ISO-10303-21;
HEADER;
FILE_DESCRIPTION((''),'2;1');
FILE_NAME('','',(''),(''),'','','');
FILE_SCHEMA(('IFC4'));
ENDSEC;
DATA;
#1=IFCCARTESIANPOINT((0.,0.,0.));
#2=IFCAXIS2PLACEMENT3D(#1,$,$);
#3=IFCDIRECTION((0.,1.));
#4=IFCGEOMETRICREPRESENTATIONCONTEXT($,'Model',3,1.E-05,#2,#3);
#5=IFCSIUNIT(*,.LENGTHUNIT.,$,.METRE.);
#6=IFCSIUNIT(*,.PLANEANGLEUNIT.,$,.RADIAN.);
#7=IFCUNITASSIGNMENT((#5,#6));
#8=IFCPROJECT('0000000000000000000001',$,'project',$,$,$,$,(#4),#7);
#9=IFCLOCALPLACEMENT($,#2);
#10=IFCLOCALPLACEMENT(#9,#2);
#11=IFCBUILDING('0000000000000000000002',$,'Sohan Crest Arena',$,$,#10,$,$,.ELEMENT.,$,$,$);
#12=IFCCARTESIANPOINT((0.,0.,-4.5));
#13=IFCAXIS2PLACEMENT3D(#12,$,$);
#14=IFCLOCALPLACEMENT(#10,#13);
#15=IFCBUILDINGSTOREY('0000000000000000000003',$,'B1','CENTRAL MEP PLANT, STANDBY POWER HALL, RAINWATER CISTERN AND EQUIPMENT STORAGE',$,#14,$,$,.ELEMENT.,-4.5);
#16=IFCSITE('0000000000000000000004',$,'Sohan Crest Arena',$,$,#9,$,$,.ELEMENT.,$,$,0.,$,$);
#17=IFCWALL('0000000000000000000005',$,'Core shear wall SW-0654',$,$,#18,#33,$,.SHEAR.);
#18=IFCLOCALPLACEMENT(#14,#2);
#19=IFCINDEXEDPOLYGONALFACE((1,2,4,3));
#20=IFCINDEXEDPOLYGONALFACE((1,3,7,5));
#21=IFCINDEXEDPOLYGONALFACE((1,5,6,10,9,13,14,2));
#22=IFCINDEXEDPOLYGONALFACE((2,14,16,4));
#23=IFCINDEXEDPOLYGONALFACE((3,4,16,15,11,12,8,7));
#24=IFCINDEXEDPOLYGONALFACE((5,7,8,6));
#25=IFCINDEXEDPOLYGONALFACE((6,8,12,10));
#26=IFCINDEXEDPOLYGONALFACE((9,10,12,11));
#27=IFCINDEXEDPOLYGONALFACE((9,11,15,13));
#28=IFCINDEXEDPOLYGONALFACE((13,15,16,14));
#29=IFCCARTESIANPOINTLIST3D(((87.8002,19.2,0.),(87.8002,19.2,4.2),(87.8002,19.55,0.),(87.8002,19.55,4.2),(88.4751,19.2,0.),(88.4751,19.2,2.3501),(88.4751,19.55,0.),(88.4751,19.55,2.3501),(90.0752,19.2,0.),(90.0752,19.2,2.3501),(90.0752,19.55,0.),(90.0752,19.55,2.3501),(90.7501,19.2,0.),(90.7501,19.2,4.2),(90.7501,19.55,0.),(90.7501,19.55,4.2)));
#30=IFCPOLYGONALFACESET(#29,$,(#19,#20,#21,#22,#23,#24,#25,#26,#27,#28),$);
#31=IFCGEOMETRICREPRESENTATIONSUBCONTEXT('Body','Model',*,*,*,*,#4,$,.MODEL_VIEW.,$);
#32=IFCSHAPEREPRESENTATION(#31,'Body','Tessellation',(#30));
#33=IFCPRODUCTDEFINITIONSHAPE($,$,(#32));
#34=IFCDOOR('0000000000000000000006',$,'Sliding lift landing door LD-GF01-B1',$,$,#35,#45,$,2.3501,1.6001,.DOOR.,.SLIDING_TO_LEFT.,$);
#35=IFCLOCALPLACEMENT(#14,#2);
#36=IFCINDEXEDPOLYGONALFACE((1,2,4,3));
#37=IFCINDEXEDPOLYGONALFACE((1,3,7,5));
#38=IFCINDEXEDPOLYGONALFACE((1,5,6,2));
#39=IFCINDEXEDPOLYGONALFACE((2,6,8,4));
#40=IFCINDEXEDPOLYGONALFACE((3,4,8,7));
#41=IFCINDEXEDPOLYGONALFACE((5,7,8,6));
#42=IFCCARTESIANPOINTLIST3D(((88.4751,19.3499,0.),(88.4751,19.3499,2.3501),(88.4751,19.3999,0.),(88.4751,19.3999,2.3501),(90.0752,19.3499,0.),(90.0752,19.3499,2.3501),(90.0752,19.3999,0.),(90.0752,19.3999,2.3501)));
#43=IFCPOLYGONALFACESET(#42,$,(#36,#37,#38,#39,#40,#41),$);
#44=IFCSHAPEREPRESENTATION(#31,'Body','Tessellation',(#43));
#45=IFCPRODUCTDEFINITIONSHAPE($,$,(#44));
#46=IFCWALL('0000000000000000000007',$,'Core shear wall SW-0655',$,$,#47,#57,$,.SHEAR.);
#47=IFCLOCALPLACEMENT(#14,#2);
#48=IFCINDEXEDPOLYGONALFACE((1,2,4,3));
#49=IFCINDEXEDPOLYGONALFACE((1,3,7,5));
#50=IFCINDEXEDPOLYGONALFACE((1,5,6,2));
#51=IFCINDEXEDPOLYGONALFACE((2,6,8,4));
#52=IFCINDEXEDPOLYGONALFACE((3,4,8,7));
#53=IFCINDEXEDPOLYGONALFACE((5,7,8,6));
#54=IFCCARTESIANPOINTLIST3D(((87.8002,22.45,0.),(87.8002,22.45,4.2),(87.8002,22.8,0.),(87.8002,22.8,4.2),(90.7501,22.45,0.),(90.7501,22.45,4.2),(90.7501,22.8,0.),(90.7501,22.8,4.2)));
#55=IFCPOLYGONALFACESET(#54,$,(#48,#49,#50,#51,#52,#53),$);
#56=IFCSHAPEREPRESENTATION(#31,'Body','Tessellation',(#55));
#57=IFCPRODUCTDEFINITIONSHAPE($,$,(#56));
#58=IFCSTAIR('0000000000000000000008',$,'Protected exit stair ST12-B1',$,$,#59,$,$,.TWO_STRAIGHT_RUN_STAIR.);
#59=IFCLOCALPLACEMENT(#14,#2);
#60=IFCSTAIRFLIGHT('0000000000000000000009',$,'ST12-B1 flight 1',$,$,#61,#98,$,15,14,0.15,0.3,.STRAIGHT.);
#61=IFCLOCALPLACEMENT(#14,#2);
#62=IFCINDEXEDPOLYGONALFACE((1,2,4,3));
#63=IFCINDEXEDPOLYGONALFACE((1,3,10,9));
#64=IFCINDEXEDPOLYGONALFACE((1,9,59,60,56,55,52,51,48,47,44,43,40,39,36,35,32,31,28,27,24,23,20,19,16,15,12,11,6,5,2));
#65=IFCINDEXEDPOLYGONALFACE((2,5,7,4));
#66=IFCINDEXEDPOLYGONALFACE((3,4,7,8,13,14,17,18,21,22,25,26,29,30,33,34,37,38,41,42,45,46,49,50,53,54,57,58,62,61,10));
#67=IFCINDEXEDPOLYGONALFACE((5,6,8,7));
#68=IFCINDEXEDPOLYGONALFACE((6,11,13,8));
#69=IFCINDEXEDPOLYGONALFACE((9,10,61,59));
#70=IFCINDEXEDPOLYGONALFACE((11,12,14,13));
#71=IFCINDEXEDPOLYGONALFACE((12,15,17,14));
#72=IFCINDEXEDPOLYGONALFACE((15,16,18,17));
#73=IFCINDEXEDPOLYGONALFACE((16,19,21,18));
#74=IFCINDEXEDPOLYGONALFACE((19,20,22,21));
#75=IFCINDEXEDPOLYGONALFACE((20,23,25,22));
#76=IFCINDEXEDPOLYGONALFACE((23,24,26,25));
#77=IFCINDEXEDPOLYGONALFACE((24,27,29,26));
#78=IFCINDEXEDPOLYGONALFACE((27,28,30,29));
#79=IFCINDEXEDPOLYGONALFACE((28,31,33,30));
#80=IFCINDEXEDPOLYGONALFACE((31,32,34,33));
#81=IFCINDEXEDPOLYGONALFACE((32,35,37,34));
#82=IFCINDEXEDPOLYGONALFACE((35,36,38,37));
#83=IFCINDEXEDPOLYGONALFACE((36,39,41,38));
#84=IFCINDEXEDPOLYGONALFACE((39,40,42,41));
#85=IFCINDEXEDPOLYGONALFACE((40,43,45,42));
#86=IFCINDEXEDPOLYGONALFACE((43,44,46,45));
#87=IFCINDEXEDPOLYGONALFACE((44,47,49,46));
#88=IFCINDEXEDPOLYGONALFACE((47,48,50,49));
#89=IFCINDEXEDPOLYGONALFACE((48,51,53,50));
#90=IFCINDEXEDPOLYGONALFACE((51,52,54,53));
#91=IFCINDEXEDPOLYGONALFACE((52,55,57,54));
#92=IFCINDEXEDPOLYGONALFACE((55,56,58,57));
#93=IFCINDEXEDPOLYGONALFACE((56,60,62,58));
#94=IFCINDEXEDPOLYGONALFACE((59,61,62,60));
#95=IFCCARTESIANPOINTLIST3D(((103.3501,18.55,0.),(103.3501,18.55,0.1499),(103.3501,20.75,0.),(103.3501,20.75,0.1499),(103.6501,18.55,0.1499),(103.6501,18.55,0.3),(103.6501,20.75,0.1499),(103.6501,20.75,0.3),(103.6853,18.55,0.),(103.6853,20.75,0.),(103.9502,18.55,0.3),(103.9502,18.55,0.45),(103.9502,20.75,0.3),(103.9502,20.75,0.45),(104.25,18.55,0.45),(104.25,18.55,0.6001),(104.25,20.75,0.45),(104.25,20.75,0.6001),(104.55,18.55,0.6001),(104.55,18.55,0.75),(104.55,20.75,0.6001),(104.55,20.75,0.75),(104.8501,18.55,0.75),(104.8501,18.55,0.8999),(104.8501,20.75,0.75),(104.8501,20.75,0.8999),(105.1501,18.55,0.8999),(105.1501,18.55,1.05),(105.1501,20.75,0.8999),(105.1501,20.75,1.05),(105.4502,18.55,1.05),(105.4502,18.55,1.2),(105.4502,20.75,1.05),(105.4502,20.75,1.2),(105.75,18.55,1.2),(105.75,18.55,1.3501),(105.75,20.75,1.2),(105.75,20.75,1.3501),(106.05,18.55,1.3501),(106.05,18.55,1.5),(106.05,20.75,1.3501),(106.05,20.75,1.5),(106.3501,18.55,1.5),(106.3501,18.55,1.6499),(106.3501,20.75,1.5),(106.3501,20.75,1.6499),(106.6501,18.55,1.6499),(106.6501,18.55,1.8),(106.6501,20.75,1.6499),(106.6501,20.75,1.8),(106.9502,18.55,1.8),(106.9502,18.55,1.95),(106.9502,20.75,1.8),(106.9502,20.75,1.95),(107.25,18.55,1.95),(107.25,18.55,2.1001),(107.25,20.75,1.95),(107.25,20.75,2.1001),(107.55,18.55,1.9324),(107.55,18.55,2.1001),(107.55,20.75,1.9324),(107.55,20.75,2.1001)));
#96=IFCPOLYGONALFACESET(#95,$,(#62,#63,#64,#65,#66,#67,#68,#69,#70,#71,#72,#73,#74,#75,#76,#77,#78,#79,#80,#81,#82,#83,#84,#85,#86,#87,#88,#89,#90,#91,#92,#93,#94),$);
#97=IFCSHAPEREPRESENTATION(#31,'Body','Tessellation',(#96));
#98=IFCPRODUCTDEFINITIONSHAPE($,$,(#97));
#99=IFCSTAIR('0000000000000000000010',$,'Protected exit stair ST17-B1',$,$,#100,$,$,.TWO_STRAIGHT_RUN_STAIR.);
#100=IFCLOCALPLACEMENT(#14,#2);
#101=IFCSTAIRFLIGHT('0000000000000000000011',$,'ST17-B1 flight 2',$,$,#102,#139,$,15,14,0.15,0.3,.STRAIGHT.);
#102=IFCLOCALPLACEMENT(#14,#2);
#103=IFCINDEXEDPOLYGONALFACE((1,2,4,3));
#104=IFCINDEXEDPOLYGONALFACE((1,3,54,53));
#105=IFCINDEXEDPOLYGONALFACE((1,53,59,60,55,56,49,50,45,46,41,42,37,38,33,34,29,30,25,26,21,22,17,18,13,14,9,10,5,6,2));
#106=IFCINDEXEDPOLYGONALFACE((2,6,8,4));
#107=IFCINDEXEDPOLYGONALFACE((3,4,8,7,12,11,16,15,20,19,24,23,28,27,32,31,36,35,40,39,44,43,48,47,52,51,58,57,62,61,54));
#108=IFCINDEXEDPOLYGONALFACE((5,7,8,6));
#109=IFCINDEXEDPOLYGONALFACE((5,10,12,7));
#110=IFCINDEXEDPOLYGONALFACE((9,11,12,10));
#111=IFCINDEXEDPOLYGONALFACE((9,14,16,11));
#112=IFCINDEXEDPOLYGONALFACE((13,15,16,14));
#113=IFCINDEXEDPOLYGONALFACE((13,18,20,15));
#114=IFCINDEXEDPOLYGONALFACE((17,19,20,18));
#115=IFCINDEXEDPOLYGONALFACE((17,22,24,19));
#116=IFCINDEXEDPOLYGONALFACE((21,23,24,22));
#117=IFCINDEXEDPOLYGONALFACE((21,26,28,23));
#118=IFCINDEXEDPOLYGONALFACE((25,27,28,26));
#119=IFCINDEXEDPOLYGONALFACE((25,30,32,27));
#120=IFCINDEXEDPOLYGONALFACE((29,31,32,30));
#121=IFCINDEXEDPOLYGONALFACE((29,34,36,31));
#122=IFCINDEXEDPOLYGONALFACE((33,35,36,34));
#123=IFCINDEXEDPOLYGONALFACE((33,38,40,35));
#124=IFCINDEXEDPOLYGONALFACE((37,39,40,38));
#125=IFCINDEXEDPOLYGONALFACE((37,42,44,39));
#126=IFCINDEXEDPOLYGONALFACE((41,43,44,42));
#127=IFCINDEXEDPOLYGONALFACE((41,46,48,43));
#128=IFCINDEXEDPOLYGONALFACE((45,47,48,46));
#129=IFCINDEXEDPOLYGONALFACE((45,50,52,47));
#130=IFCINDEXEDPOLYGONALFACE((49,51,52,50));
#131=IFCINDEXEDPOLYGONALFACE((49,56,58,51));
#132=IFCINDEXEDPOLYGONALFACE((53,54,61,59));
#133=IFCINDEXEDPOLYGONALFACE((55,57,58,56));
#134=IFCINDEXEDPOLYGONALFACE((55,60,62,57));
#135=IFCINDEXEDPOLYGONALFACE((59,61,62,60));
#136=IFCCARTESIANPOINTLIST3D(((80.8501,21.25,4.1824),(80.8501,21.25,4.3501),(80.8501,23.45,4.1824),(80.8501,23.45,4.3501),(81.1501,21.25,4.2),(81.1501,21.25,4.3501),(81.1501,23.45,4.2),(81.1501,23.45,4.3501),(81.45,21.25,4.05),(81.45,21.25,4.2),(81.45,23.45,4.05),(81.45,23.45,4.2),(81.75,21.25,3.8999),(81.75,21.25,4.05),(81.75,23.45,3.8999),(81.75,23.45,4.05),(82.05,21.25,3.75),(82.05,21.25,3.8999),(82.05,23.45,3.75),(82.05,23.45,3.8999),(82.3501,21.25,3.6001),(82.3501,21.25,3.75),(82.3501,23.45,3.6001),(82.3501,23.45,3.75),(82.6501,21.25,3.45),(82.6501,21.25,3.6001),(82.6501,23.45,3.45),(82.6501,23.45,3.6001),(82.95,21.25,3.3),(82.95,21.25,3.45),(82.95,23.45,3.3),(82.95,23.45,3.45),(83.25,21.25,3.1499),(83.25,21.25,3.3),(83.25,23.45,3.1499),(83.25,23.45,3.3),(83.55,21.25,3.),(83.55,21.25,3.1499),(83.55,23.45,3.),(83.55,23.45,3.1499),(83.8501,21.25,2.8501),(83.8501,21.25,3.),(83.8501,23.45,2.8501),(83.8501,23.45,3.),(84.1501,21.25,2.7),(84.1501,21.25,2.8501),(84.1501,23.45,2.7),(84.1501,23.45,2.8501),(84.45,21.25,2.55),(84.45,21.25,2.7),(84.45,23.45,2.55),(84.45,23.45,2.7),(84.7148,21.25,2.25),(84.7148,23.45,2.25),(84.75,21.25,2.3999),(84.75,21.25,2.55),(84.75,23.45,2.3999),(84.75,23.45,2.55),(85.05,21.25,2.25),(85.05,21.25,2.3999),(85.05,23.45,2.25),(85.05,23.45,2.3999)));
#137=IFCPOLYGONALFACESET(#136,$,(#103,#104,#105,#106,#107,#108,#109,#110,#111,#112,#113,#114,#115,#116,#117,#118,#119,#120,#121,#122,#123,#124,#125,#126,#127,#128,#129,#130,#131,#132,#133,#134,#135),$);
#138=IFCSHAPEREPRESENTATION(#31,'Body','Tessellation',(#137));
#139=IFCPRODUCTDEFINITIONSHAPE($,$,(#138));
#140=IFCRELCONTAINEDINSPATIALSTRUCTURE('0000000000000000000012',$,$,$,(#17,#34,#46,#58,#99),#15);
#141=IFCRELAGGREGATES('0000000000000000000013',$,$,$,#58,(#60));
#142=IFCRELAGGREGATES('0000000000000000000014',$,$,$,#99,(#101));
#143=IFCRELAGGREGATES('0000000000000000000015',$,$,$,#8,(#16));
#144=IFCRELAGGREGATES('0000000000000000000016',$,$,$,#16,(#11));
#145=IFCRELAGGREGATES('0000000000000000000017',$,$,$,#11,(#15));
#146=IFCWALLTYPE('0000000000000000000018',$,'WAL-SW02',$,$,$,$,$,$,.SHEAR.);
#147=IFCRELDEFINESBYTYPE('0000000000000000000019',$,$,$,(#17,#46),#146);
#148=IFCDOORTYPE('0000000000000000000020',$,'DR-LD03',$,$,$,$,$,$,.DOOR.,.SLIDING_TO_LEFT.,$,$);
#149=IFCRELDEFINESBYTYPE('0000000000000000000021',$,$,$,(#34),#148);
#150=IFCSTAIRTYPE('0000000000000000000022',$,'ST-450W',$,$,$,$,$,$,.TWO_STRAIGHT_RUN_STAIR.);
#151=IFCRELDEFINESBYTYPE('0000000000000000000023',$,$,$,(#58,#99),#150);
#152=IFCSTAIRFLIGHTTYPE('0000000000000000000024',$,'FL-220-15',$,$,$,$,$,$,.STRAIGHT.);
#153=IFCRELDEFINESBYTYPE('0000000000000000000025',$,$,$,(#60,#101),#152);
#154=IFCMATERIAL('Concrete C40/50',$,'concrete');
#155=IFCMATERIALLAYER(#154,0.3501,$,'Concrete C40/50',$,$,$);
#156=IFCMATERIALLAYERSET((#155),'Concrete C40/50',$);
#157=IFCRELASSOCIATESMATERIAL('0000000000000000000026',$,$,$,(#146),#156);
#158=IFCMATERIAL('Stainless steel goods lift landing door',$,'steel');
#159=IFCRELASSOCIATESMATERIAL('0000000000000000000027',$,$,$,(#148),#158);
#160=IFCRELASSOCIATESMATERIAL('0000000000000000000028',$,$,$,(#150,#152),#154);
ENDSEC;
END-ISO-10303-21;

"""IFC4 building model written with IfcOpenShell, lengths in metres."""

from ifc_helpers import new_model, si_unit, direction, frame, frame_2d, origin, place, context, subcontext, project, spatial, polyline, rectangle, outline, extrude, material, layer, layer_set, type_object, element, fill, aggregate, save


model = new_model("IFC4")

# Units and contexts
model_context = context("Model", 3, precision=1e-05, world=origin(), true_north=direction((0.0, 1.0)))
body_context = subcontext(model_context, "Body", "Model", "MODEL_VIEW")
ifc_project = project(units=[si_unit("LENGTHUNIT", "METRE"), si_unit("PLANEANGLEUNIT", "RADIAN")], contexts=[model_context])

# Site, building, storey
site_placement = place(None, origin())
site = spatial("IfcSite", under=ifc_project, at=site_placement, Name="Sohan Crest Arena", CompositionType="ELEMENT", RefElevation=0.0)
building_placement = place(site_placement, origin())
building = spatial("IfcBuilding", under=site, at=building_placement, Name="Sohan Crest Arena", CompositionType="ELEMENT")
storey_placement = place(building_placement, frame((0.0, 0.0, -4.5)))
storey = spatial("IfcBuildingStorey", under=building, at=storey_placement, Name="B1", Description="CENTRAL MEP PLANT, STANDBY POWER HALL, RAINWATER CISTERN AND EQUIPMENT STORAGE", CompositionType="ELEMENT", Elevation=-4.5)

# Shared definitions
ifc_material_1 = material(Name="Concrete C40/50", Category="concrete")

# Shared definitions
ifc_layer_1 = layer(ifc_material_1, 0.3501, Name="Concrete C40/50")
ifc_layer_set_1 = layer_set([ifc_layer_1], Name="Concrete C40/50")
wall_type_1 = type_object("IfcWallType", Name="WAL-SW02", PredefinedType="SHEAR", material=ifc_layer_set_1)

# Wall, opening, door
wall_1_placement = place(storey_placement, frame((87.8, 19.375, 0.0), z_axis=(0.0, 0.0, 1.0), x_axis=(1.0, 0.0, 0.0)))
wall_1 = element("IfcWall", 1, at=wall_1_placement, inside=storey, type_object=wall_type_1, Name="Core shear wall SW-0654", PredefinedType="SHEAR", context=body_context, shape_type="SweptSolid", body=[
    extrude(rectangle(XDim=2.95, YDim=0.3501, at=frame_2d((1.4751, 0.0))), origin(), (0.0, 0.0, 1.0), 4.2),
])
opening_placement = place(wall_1_placement, frame((0.675, 0.0, 0.0)))
opening = element("IfcOpeningElement", 2, at=opening_placement, cuts=wall_1, PredefinedType="OPENING", context=body_context, shape_type="SweptSolid", body=[
    extrude(rectangle(XDim=1.6001, YDim=2.3501, at=frame_2d((0.8, 1.175))), frame((0.0, 0.1851, 0.0), z_axis=(0.0, -1.0, 0.0), x_axis=(1.0, 0.0, 0.0)), (0.0, 0.0, 1.0), 0.3701),
])
ifc_material_2 = material(Name="Stainless steel goods lift landing door", Category="steel")
door_type = type_object("IfcDoorType", Name="DR-LD03", OperationType="SLIDING_TO_LEFT", PredefinedType="DOOR", material=ifc_material_2)
door_placement = place(opening_placement, origin())
door = element("IfcDoor", 3, at=door_placement, inside=storey, type_object=door_type, Name="Sliding lift landing door LD-GF01-B1", OperationType="SLIDING_TO_LEFT", OverallHeight=2.3501, OverallWidth=1.6001, PredefinedType="DOOR", context=body_context, shape_type="SweptSolid", body=[
    extrude(rectangle(XDim=1.6001, YDim=2.3501, at=frame_2d((0.8, 1.175))), frame((0.0, 0.0249, 0.0), z_axis=(0.0, -1.0, 0.0), x_axis=(1.0, 0.0, 0.0)), (0.0, 0.0, 1.0), 0.05),
])
fill(opening, door)

# Wall
wall_2_placement = place(storey_placement, frame((87.8, 22.625, 0.0), z_axis=(0.0, 0.0, 1.0), x_axis=(1.0, 0.0, 0.0)))
element("IfcWall", 4, at=wall_2_placement, inside=storey, type_object=wall_type_1, Name="Core shear wall SW-0655", PredefinedType="SHEAR", context=body_context, shape_type="SweptSolid", body=[
    extrude(rectangle(XDim=2.95, YDim=0.3501, at=frame_2d((1.4751, 0.0))), origin(), (0.0, 0.0, 1.0), 4.2),
])

# Stairs, stair flights
stair_type = type_object("IfcStairType", Name="ST-450W", PredefinedType="TWO_STRAIGHT_RUN_STAIR", material=ifc_material_1)
stair_1_placement = place(storey_placement, origin())
stair_1 = element("IfcStair", 5, at=stair_1_placement, inside=storey, type_object=stair_type, Name="Protected exit stair ST12-B1", PredefinedType="TWO_STRAIGHT_RUN_STAIR")
stair_flight_type = type_object("IfcStairFlightType", Name="FL-220-15", PredefinedType="STRAIGHT", material=ifc_material_1)
stair_flight_1_placement = place(storey_placement, frame((103.3501, 19.6499, 0.0), z_axis=(0.0, 0.0, 1.0), x_axis=(1.0, 0.0, 0.0)))
stair_flight_1 = element("IfcStairFlight", 6, at=stair_flight_1_placement, type_object=stair_flight_type, Name="ST12-B1 flight 1", NumberOfRisers=15, NumberOfTreads=14, PredefinedType="STRAIGHT", RiserHeight=0.15, TreadLength=0.3, context=body_context, shape_type="SweptSolid", body=[
    extrude(outline(polyline([(0.0, 0.0), (0.0, 0.1499), (0.3, 0.1499), (0.3, 0.3), (0.6001, 0.3), (0.6001, 0.45), (0.8999, 0.45), (0.8999, 0.6001), (1.2, 0.6001), (1.2, 0.75), (1.5, 0.75), (1.5, 0.8999), (1.8, 0.8999), (1.8, 1.05), (2.1001, 1.05), (2.1001, 1.2), (2.3999, 1.2), (2.3999, 1.3501), (2.7, 1.3501), (2.7, 1.5), (3.0, 1.5), (3.0, 1.6499), (3.3, 1.6499), (3.3, 1.8), (3.6001, 1.8), (3.6001, 1.95), (3.8999, 1.95), (3.8999, 2.1001), (4.2, 2.1001), (4.2, 2.25), (4.2, 1.9324), (0.3352, 0.0), (0.0, 0.0)])), frame((0.0, 1.1001, 0.0), z_axis=(0.0, -1.0, 0.0), x_axis=(1.0, 0.0, 0.0)), (0.0, 0.0, 1.0), 2.2),
])
aggregate(stair_1, [stair_flight_1])
stair_2_placement = place(storey_placement, origin())
stair_2 = element("IfcStair", 7, at=stair_2_placement, inside=storey, type_object=stair_type, Name="Protected exit stair ST17-B1", PredefinedType="TWO_STRAIGHT_RUN_STAIR")
stair_flight_2_placement = place(storey_placement, frame((85.05, 22.3501, 2.25), z_axis=(0.0, 0.0, 1.0), x_axis=(-1.0, 0.0, 0.0)))
stair_flight_2 = element("IfcStairFlight", 8, at=stair_flight_2_placement, type_object=stair_flight_type, Name="ST17-B1 flight 2", NumberOfRisers=15, NumberOfTreads=14, PredefinedType="STRAIGHT", RiserHeight=0.15, TreadLength=0.3, context=body_context, shape_type="SweptSolid", body=[
    extrude(outline(polyline([(0.0, 0.0), (0.0, 0.1499), (0.3, 0.1499), (0.3, 0.3), (0.6001, 0.3), (0.6001, 0.45), (0.8999, 0.45), (0.8999, 0.6001), (1.2, 0.6001), (1.2, 0.75), (1.5, 0.75), (1.5, 0.8999), (1.8, 0.8999), (1.8, 1.05), (2.1001, 1.05), (2.1001, 1.2), (2.3999, 1.2), (2.3999, 1.3501), (2.7, 1.3501), (2.7, 1.5), (3.0, 1.5), (3.0, 1.6499), (3.3, 1.6499), (3.3, 1.8), (3.6001, 1.8), (3.6001, 1.95), (3.8999, 1.95), (3.8999, 2.1001), (4.2, 2.1001), (4.2, 2.25), (4.2, 1.9324), (0.3352, 0.0), (0.0, 0.0)])), frame((0.0, 1.1001, 0.0), z_axis=(0.0, -1.0, 0.0), x_axis=(1.0, 0.0, 0.0)), (0.0, 0.0, 1.0), 2.2),
])
aggregate(stair_2, [stair_flight_2])

save(model, "model.ifc")
